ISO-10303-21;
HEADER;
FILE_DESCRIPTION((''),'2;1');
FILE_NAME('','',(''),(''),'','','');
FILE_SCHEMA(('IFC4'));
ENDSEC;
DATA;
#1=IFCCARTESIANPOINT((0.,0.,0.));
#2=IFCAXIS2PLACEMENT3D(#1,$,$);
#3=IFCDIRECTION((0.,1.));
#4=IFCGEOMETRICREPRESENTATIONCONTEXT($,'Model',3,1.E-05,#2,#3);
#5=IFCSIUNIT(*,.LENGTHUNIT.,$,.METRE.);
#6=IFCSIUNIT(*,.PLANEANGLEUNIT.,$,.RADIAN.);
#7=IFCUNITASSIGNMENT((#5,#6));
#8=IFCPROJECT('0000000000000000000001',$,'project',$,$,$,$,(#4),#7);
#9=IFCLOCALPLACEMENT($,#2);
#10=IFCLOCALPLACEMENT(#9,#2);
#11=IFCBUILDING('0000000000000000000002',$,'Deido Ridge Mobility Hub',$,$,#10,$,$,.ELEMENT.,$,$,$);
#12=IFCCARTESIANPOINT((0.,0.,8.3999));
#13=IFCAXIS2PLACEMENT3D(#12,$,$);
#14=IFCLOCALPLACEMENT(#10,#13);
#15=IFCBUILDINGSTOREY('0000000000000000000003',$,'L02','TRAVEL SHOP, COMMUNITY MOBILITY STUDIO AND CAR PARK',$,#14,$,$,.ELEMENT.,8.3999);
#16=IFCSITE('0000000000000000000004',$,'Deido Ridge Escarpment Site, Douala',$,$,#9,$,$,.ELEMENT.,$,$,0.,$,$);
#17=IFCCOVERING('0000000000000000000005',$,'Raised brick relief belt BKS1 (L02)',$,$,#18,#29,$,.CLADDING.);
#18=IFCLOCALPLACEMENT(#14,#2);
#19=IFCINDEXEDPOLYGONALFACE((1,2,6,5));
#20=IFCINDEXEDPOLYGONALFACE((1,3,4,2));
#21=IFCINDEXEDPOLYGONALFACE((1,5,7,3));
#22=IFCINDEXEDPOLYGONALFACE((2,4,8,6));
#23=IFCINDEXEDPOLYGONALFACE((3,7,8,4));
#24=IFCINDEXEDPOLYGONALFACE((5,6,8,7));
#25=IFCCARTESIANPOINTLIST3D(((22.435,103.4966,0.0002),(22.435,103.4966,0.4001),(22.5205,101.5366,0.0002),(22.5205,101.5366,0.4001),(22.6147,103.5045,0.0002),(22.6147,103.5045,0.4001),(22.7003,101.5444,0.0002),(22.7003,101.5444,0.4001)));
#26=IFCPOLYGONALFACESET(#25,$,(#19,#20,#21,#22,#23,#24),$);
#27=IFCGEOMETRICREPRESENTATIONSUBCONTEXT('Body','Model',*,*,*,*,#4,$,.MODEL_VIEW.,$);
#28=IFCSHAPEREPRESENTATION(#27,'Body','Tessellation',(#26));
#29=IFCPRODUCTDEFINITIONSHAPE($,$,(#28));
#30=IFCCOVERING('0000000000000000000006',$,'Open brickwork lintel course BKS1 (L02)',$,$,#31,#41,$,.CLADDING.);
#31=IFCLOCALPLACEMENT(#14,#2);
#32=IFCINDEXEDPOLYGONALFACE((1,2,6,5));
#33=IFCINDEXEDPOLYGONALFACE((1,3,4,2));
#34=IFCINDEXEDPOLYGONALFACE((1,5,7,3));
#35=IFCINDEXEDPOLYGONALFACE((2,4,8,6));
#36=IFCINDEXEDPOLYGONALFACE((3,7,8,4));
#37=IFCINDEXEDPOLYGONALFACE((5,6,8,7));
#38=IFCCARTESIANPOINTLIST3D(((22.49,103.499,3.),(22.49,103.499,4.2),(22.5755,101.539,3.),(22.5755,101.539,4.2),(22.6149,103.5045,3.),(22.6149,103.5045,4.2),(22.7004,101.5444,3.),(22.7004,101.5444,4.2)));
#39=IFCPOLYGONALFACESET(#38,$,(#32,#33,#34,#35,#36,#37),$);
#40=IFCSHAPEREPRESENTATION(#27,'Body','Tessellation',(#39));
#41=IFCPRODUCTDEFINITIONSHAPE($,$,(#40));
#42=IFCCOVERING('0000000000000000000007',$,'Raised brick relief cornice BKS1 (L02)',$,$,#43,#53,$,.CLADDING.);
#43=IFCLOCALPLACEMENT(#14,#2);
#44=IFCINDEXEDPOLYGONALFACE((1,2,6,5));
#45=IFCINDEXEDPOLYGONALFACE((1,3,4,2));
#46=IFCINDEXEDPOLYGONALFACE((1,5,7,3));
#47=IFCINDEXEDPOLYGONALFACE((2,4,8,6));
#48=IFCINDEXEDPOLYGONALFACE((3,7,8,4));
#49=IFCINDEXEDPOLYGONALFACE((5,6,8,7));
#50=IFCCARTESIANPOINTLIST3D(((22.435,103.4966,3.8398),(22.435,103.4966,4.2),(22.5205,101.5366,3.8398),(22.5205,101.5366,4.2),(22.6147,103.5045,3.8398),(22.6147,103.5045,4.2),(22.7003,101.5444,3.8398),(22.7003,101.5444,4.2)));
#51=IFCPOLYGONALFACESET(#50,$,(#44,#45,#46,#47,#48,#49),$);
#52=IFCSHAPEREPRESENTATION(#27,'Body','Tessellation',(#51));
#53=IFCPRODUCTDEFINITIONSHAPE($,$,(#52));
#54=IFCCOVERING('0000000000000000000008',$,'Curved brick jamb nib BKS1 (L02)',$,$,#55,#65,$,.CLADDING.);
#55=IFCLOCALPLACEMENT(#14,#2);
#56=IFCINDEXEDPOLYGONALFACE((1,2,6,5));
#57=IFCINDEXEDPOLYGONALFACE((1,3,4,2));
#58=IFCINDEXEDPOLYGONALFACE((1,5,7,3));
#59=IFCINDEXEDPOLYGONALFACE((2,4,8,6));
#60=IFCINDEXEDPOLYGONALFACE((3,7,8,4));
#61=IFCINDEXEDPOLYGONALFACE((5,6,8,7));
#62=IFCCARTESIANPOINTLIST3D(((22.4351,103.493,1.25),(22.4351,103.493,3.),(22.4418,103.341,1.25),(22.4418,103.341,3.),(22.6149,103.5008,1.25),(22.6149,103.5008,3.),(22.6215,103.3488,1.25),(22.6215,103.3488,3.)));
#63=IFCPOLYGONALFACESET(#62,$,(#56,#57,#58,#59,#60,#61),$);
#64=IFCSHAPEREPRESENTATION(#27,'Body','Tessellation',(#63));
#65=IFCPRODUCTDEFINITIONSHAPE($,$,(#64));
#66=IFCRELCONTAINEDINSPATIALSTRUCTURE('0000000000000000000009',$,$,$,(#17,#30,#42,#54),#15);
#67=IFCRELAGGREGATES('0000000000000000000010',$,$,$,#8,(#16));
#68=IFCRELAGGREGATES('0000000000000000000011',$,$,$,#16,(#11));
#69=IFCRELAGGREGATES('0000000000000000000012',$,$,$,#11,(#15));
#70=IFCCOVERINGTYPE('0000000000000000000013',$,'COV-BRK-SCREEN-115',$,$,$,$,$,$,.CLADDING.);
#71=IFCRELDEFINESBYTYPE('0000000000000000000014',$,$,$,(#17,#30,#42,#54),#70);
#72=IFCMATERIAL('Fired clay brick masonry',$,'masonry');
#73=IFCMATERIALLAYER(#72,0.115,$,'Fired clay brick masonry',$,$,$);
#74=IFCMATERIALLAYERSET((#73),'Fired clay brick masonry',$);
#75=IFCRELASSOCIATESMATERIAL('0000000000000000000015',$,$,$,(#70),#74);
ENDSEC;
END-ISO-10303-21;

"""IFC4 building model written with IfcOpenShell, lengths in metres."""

from ifc_helpers import new_model, si_unit, direction, frame, origin, origin_2d, place, context, subcontext, project, spatial, rectangle, extrude, material, layer, layer_set, type_object, element, save


model = new_model("IFC4")

# Units and contexts
model_context = context("Model", 3, precision=1e-05, world=origin(), true_north=direction((0.0, 1.0)))
body_context = subcontext(model_context, "Body", "Model", "MODEL_VIEW")
ifc_project = project(units=[si_unit("LENGTHUNIT", "METRE"), si_unit("PLANEANGLEUNIT", "RADIAN")], contexts=[model_context])

# Site, building, storey
site_placement = place(None, origin())
site = spatial("IfcSite", under=ifc_project, at=site_placement, Name="Deido Ridge Escarpment Site, Douala", CompositionType="ELEMENT", RefElevation=0.0)
building_placement = place(site_placement, origin())
building = spatial("IfcBuilding", under=site, at=building_placement, Name="Deido Ridge Mobility Hub", CompositionType="ELEMENT")
storey_placement = place(building_placement, frame((0.0, 0.0, 8.3999)))
storey = spatial("IfcBuildingStorey", under=building, at=storey_placement, Name="L02", Description="TRAVEL SHOP, COMMUNITY MOBILITY STUDIO AND CAR PARK", CompositionType="ELEMENT", Elevation=8.3999)

# Coverings
ifc_material_1 = material(Name="Fired clay brick masonry", Category="masonry")
ifc_layer = layer(ifc_material_1, 0.115, Name="Fired clay brick masonry")
ifc_layer_set = layer_set([ifc_layer], Name="Fired clay brick masonry")
covering_type = type_object("IfcCoveringType", Name="COV-BRK-SCREEN-115", PredefinedType="CLADDING", material=ifc_layer_set)
covering_1_placement = place(storey_placement, frame((22.5676, 102.5205, 0.0002), z_axis=(0.0, 0.0, 1.0), x_axis=(0.043602, -0.999049, 0.0)))
element("IfcCovering", 1, at=covering_1_placement, inside=storey, type_object=covering_type, Name="Raised brick relief belt BKS1 (L02)", PredefinedType="CLADDING", context=body_context, shape_type="SweptSolid", body=[
    extrude(rectangle(XDim=1.9619, YDim=0.1799, at=origin_2d()), origin(), (0.0, 0.0, 1.0), 0.3999),
])
covering_2_placement = place(storey_placement, frame((22.5952, 102.5217, 3.0), z_axis=(0.0, 0.0, 1.0), x_axis=(0.043602, -0.999049, 0.0)))
element("IfcCovering", 2, at=covering_2_placement, inside=storey, type_object=covering_type, Name="Open brickwork lintel course BKS1 (L02)", PredefinedType="CLADDING", context=body_context, shape_type="SweptSolid", body=[
    extrude(rectangle(XDim=1.9619, YDim=0.125, at=origin_2d()), origin(), (0.0, 0.0, 1.0), 1.2),
])
covering_3_placement = place(storey_placement, frame((22.5676, 102.5205, 3.8398), z_axis=(0.0, 0.0, 1.0), x_axis=(0.043602, -0.999049, 0.0)))
element("IfcCovering", 3, at=covering_3_placement, inside=storey, type_object=covering_type, Name="Raised brick relief cornice BKS1 (L02)", PredefinedType="CLADDING", context=body_context, shape_type="SweptSolid", body=[
    extrude(rectangle(XDim=1.9619, YDim=0.1799, at=origin_2d()), origin(), (0.0, 0.0, 1.0), 0.3601),
])
covering_4_placement = place(storey_placement, frame((22.5283, 103.4209, 1.25), z_axis=(0.0, 0.0, 1.0), x_axis=(0.043602, -0.999049, 0.0)))
element("IfcCovering", 4, at=covering_4_placement, inside=storey, type_object=covering_type, Name="Curved brick jamb nib BKS1 (L02)", PredefinedType="CLADDING", context=body_context, shape_type="SweptSolid", body=[
    extrude(rectangle(XDim=0.1521, YDim=0.1799, at=origin_2d()), origin(), (0.0, 0.0, 1.0), 1.75),
])

save(model, "model.ifc")
